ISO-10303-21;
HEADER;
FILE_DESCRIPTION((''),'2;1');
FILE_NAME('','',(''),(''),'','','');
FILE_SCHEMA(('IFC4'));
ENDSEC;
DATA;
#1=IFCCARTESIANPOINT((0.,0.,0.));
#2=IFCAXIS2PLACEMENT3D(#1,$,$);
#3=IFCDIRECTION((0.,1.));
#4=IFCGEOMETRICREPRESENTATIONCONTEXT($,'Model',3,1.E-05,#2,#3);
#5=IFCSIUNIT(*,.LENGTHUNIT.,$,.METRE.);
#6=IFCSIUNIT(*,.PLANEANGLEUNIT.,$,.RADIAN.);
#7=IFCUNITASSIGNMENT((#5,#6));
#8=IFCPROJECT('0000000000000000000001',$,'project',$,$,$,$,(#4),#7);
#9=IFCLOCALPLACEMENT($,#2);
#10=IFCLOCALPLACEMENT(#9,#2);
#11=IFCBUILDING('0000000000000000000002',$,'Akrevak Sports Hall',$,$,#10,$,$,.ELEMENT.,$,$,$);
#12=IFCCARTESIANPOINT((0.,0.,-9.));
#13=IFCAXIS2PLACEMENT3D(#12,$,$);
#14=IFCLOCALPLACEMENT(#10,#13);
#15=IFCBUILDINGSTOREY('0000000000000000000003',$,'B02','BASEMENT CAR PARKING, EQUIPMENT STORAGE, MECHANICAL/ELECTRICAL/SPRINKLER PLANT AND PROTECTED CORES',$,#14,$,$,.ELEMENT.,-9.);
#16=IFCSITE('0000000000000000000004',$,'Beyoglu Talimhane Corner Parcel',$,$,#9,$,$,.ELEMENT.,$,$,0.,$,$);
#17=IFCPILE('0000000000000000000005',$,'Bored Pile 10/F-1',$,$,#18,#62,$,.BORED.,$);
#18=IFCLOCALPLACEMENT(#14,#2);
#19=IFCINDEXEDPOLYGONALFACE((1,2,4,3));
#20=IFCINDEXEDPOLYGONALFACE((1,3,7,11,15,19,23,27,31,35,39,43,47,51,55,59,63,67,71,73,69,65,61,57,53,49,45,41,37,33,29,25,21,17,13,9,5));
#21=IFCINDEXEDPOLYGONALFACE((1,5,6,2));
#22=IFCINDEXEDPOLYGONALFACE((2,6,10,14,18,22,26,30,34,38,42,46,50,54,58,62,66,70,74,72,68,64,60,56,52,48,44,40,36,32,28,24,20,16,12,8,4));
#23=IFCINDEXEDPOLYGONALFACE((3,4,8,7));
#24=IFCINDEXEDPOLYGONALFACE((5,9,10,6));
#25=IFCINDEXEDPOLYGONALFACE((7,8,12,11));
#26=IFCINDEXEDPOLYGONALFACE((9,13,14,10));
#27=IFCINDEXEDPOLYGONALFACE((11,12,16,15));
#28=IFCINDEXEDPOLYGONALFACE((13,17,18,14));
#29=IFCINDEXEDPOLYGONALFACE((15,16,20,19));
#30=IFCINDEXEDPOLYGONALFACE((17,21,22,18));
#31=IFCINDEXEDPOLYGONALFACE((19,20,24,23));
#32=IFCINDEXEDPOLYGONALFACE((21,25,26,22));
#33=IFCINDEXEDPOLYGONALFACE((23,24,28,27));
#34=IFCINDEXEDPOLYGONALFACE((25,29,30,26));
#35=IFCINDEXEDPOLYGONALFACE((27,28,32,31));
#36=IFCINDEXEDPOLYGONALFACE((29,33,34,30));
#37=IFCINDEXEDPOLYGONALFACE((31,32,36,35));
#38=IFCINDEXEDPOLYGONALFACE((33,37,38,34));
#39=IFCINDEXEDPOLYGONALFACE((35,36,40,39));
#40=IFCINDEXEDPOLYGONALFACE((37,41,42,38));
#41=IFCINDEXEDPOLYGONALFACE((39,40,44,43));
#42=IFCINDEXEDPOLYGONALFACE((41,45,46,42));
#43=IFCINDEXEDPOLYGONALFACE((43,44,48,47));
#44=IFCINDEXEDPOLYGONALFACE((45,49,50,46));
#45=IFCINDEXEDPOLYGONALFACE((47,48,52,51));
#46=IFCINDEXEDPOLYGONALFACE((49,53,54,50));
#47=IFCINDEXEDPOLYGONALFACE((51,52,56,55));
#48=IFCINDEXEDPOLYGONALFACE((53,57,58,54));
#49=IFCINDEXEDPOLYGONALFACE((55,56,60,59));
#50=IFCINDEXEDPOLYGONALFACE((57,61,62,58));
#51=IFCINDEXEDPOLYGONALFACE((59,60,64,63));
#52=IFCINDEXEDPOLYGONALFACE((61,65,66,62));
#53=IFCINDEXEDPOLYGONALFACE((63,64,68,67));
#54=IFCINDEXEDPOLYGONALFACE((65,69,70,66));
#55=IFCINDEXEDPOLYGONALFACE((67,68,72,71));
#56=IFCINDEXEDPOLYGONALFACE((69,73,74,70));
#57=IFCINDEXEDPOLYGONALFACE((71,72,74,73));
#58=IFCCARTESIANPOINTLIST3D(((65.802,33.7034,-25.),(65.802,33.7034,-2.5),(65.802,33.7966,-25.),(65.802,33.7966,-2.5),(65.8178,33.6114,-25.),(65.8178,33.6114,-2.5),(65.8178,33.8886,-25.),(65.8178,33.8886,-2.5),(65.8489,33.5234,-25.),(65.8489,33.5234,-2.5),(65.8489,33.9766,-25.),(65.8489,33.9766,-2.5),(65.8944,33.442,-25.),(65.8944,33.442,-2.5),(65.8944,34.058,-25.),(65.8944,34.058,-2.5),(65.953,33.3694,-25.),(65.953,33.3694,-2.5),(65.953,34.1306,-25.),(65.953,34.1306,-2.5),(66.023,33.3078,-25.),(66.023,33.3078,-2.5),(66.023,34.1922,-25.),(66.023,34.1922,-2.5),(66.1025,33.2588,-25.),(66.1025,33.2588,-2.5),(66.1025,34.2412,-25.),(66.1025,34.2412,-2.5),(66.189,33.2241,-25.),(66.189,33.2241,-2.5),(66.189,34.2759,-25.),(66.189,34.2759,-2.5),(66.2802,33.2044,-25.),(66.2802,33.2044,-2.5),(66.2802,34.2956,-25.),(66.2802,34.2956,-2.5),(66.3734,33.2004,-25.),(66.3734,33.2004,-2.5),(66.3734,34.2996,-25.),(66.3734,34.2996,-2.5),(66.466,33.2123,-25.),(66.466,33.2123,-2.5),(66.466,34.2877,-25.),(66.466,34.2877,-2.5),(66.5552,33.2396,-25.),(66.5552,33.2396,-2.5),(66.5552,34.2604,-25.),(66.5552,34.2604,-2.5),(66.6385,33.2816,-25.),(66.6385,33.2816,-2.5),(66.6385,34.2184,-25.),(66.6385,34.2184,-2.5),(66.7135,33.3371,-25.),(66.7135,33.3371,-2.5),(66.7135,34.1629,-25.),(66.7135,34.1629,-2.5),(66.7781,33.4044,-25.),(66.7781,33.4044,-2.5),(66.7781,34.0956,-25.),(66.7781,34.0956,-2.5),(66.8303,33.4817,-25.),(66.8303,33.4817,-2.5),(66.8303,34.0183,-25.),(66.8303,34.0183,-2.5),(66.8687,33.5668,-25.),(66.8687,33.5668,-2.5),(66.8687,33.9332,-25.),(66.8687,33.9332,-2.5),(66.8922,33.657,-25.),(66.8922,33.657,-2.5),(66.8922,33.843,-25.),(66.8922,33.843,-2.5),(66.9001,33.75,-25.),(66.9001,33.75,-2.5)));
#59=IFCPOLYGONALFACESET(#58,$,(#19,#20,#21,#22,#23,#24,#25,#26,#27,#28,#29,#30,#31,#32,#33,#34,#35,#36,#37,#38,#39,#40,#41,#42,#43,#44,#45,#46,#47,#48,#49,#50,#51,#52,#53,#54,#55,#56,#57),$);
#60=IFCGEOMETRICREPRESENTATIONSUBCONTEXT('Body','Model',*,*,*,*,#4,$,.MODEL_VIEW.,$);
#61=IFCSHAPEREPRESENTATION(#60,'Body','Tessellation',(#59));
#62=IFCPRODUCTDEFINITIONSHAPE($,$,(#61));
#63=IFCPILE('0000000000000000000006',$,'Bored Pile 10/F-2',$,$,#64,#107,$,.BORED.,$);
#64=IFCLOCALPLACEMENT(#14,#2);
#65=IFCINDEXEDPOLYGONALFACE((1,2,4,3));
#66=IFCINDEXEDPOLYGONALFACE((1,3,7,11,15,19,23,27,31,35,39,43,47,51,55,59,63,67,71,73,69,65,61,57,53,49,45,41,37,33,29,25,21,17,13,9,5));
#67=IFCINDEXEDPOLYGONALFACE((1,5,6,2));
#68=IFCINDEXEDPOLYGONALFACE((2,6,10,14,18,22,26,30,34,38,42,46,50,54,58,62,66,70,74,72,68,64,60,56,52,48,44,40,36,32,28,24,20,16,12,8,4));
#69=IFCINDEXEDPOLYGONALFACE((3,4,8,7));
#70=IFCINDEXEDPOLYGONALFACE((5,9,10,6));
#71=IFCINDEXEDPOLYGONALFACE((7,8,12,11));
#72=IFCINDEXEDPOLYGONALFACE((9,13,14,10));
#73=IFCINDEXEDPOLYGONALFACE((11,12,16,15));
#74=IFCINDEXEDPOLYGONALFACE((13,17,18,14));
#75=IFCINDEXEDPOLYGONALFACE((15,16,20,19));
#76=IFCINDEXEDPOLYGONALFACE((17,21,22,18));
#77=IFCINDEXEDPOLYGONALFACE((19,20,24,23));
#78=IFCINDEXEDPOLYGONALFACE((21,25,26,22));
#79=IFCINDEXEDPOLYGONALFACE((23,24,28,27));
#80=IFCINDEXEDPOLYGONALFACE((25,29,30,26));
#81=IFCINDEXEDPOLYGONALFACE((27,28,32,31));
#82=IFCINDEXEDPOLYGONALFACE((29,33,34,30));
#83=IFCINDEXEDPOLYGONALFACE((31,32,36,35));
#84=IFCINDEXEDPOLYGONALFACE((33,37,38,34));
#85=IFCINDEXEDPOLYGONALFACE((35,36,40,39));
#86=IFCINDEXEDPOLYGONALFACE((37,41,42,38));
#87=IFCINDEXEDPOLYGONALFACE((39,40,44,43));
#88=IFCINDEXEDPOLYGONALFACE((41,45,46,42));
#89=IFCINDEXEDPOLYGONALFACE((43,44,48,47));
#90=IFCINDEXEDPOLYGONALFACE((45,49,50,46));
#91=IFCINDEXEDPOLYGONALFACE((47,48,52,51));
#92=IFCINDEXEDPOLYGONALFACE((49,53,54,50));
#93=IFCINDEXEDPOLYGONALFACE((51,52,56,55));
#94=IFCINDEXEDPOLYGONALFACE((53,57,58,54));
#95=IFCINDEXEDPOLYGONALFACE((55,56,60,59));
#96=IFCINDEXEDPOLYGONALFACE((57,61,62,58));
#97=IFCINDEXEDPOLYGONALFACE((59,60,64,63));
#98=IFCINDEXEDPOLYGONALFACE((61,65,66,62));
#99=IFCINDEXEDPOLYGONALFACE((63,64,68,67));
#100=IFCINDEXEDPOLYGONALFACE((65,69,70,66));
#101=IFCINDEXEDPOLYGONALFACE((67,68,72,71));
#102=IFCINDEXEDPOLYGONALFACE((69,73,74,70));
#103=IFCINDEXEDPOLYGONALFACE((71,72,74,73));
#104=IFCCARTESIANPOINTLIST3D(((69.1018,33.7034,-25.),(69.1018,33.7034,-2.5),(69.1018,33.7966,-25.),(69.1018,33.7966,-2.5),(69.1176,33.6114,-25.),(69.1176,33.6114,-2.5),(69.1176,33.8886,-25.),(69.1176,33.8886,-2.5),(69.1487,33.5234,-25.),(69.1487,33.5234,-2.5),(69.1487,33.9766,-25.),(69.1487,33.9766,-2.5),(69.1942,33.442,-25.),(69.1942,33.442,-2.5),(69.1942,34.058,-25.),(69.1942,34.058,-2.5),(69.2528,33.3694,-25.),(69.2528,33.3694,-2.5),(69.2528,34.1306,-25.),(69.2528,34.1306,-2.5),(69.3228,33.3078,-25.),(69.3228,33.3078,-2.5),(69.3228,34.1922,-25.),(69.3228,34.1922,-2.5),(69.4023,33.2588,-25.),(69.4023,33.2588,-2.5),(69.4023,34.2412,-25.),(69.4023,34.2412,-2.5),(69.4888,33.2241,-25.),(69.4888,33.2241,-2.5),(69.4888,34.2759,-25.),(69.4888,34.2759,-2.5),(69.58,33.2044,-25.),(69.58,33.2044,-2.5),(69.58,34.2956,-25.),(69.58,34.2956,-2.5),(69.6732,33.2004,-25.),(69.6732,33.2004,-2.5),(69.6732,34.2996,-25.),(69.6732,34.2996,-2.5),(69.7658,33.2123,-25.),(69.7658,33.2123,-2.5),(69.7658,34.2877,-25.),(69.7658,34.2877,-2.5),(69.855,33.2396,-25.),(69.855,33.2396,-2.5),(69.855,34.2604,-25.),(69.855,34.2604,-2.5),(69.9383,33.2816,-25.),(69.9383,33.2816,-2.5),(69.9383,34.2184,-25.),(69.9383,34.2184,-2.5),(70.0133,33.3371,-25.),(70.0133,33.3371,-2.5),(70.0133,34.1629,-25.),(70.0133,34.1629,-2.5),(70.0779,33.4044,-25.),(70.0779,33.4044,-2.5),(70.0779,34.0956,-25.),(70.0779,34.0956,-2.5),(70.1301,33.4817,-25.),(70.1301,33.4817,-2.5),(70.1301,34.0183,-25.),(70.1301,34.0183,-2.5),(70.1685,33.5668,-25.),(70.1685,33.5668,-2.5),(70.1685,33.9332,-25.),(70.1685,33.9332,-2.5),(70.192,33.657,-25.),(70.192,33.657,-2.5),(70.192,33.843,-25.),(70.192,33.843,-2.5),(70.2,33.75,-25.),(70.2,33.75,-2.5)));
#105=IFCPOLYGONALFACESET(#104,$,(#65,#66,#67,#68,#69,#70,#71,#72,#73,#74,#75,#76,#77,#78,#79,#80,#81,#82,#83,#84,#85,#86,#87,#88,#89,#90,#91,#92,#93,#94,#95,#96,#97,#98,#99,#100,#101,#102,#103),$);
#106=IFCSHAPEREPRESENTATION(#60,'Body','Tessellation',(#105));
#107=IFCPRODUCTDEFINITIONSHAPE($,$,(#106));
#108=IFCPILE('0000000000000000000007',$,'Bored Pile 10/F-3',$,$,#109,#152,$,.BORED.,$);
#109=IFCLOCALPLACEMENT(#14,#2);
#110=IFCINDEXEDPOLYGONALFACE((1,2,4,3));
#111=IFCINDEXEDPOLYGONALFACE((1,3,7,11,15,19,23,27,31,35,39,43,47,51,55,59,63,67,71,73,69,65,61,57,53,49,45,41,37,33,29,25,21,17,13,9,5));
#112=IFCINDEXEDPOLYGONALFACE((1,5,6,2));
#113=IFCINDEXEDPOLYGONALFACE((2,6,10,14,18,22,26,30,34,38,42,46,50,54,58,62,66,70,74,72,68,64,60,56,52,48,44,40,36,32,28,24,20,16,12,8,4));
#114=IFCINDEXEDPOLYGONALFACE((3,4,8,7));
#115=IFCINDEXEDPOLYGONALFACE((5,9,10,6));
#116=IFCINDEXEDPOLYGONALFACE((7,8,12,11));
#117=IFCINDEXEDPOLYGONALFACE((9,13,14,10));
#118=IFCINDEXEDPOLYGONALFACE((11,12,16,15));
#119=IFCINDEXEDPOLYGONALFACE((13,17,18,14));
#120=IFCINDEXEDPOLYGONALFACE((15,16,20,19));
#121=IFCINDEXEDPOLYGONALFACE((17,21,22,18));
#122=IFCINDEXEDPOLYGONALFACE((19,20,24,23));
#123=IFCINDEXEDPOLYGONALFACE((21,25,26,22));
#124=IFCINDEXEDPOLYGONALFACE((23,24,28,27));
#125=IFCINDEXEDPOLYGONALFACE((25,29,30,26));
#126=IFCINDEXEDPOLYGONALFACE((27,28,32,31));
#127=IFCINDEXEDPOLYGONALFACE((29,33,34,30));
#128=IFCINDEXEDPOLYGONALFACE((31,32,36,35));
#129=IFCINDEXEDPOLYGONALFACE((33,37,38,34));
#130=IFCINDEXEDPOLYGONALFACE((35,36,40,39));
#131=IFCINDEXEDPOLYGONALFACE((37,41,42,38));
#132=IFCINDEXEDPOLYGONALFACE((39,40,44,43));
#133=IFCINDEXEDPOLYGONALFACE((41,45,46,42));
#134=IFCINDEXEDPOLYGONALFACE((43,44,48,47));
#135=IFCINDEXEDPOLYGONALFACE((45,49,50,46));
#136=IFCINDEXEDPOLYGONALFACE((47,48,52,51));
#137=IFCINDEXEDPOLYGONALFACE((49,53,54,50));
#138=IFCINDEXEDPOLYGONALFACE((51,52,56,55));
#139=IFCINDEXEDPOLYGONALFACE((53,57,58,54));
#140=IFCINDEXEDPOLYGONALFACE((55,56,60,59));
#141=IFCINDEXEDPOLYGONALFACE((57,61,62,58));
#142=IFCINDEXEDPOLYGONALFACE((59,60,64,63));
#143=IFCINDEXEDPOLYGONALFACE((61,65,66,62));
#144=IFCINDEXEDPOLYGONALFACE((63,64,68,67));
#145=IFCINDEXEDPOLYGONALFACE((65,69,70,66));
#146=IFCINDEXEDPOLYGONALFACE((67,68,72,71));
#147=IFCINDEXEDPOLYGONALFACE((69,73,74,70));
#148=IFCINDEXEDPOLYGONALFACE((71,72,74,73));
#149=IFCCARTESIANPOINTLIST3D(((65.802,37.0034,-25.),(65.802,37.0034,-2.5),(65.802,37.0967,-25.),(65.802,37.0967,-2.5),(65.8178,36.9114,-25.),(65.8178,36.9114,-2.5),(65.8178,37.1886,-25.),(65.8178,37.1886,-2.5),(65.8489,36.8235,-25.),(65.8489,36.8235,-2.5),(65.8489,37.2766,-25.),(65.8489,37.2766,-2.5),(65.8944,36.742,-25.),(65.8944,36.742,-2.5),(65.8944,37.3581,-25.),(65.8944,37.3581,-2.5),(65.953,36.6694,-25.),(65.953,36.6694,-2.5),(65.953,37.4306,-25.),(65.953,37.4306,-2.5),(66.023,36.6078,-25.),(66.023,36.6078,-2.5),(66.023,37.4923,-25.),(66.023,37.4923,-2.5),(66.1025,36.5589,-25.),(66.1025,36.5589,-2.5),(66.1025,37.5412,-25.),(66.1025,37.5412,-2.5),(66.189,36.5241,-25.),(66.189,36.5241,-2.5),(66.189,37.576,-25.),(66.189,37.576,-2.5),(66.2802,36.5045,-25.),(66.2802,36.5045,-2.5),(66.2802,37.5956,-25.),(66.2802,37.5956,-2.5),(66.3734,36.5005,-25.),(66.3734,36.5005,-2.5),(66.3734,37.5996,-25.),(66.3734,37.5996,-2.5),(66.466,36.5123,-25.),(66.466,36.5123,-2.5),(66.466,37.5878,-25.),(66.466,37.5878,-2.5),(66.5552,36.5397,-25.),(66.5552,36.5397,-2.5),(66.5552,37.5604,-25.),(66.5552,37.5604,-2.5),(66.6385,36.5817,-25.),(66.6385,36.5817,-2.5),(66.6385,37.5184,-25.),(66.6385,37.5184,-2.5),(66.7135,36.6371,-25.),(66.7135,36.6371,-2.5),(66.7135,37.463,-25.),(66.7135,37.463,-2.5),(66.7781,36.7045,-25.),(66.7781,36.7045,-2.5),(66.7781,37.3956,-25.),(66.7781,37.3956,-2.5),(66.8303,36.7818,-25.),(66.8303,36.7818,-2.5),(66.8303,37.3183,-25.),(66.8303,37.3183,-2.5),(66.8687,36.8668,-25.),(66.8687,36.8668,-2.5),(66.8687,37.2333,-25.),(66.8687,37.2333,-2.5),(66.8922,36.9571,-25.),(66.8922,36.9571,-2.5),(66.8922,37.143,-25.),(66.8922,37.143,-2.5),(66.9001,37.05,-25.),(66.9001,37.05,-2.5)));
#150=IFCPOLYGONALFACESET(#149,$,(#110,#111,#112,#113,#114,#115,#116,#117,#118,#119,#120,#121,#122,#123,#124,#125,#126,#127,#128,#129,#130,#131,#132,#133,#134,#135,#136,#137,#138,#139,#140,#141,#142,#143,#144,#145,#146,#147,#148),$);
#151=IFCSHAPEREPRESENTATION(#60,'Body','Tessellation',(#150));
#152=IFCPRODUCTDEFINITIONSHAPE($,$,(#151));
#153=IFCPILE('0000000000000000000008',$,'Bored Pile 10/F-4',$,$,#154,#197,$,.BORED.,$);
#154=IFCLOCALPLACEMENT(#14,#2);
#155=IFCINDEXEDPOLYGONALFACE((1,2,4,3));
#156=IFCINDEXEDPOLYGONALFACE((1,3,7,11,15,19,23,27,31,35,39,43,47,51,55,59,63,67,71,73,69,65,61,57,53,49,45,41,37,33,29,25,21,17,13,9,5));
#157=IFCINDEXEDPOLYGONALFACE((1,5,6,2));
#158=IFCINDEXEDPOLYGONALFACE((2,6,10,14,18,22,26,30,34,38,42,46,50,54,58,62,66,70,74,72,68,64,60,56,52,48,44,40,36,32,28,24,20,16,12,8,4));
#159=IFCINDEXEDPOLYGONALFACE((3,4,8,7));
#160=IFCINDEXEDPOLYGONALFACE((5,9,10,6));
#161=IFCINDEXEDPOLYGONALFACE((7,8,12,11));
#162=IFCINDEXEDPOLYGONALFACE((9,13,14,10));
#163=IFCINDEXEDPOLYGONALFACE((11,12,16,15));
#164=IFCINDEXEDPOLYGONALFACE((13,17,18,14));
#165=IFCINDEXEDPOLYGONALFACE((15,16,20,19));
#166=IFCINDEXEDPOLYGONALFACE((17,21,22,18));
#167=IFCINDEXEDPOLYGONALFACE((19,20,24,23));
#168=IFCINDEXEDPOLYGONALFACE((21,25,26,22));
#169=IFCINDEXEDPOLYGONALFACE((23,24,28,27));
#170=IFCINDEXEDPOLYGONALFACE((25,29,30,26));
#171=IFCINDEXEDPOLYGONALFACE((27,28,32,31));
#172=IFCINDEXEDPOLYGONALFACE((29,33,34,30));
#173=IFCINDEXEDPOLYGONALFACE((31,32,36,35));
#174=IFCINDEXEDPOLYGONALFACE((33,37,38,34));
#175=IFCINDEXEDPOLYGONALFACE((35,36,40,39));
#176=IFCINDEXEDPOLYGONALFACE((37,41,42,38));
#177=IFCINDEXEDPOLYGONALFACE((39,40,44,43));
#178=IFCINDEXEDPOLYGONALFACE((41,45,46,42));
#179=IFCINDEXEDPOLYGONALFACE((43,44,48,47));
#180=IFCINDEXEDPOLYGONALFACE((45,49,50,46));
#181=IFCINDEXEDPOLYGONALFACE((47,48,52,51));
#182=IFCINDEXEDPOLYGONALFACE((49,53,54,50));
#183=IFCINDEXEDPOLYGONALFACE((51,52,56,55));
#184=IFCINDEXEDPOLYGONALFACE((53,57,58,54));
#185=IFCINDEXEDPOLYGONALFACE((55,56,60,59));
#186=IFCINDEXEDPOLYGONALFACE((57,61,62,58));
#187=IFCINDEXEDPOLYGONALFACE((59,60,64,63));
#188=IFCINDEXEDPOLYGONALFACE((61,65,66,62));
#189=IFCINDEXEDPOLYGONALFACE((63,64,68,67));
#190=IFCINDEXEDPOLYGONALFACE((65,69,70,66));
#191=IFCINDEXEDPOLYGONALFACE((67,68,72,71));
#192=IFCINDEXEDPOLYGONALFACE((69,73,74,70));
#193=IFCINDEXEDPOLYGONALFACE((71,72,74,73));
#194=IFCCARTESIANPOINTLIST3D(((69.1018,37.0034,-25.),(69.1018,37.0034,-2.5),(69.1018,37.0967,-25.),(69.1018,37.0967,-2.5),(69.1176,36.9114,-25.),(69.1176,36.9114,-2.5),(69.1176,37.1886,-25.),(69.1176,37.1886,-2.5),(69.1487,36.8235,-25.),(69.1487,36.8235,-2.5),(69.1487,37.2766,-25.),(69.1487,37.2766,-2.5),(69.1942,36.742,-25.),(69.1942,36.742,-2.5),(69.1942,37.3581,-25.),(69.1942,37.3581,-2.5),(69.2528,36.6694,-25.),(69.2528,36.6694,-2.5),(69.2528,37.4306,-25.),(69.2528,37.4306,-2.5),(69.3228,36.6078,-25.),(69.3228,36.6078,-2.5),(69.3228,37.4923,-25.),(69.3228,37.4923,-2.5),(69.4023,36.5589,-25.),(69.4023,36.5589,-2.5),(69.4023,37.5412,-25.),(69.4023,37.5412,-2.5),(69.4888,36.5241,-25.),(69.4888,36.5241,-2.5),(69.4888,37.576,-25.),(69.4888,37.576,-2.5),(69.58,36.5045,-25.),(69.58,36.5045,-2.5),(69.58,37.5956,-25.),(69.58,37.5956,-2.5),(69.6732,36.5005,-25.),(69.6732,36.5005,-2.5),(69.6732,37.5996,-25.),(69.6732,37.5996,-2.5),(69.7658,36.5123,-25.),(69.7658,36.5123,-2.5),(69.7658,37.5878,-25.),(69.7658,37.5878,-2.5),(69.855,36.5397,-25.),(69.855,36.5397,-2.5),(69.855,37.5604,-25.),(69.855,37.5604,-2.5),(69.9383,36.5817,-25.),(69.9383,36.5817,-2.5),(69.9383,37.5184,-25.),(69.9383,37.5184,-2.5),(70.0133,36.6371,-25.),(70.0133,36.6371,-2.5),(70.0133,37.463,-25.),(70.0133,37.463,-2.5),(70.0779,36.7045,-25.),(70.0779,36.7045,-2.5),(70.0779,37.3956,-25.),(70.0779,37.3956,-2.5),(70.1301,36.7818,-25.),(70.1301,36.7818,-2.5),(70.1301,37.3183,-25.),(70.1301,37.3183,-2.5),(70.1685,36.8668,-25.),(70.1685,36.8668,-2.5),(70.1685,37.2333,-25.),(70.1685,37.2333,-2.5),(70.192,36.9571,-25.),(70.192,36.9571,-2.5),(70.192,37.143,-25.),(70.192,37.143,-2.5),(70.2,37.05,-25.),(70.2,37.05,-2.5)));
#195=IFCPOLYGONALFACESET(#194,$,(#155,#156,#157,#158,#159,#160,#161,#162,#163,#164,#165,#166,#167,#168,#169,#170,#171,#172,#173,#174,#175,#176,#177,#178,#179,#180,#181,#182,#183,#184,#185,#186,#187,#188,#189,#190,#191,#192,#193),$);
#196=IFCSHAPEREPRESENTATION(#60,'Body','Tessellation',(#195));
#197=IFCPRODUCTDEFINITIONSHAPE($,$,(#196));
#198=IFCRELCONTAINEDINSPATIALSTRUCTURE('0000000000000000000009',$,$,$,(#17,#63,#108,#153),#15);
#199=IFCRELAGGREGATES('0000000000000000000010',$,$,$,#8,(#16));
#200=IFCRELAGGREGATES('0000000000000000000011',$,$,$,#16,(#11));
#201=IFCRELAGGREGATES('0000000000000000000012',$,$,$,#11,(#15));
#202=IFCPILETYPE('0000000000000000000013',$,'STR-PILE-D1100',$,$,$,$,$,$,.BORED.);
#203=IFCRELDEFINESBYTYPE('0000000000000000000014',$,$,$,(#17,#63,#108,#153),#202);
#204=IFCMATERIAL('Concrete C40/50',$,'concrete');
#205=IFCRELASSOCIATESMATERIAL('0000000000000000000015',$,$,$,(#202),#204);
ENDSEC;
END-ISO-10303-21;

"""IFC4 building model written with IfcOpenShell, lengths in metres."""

from ifc_helpers import new_model, si_unit, direction, frame, origin, origin_2d, place, context, subcontext, project, spatial, circle, extrude, material, material_profile, profile_set, type_object, element, save


model = new_model("IFC4")

# Units and contexts
model_context = context("Model", 3, precision=1e-05, world=origin(), true_north=direction((0.0, 1.0)))
body_context = subcontext(model_context, "Body", "Model", "MODEL_VIEW")
ifc_project = project(units=[si_unit("LENGTHUNIT", "METRE"), si_unit("PLANEANGLEUNIT", "RADIAN")], contexts=[model_context])

# Site, building, storey
site_placement = place(None, origin())
site = spatial("IfcSite", under=ifc_project, at=site_placement, Name="Beyoglu Talimhane Corner Parcel", CompositionType="ELEMENT", RefElevation=0.0)
building_placement = place(site_placement, origin())
building = spatial("IfcBuilding", under=site, at=building_placement, Name="Akrevak Sports Hall", CompositionType="ELEMENT")
storey_placement = place(building_placement, frame((0.0, 0.0, -9.0)))
storey = spatial("IfcBuildingStorey", under=building, at=storey_placement, Name="B02", Description="BASEMENT CAR PARKING, EQUIPMENT STORAGE, MECHANICAL/ELECTRICAL/SPRINKLER PLANT AND PROTECTED CORES", CompositionType="ELEMENT", Elevation=-9.0)

# Shared definitions
ifc_material_1 = material(Name="Concrete C40/50", Category="concrete")

# Piles
ifc_material_profile_1 = material_profile(ifc_material_1, circle(Radius=0.55, at=origin_2d()), Name="BORED PILE D1100", Category="concrete")
ifc_profile_set_1 = profile_set([ifc_material_profile_1], Name="Concrete C40/50")
pile_type_1 = type_object("IfcPileType", Name="STR-PILE-D1100", PredefinedType="BORED", material=ifc_profile_set_1)
for number, where, z_axis, x_axis, name in (
    (1, (66.3501, 33.75, -2.5), (0.0, 0.0, -1.0), (1.0, 0.0, 0.0), "Bored Pile 10/F-1"),
    (2, (69.6499, 33.75, -2.5), (0.0, 0.0, -1.0), (1.0, 0.0, 0.0), "Bored Pile 10/F-2"),
    (3, (66.3501, 37.05, -2.5), (0.0, 0.0, -1.0), (1.0, 0.0, 0.0), "Bored Pile 10/F-3"),
    (4, (69.6499, 37.05, -2.5), (0.0, 0.0, -1.0), (1.0, 0.0, 0.0), "Bored Pile 10/F-4"),
):
    element("IfcPile", number, at=place(storey_placement, frame(where, z_axis=z_axis, x_axis=x_axis)), inside=storey, type_object=pile_type_1, Name=name, PredefinedType="BORED", context=body_context, shape_type="SweptSolid", body=[
        extrude(circle(Radius=0.55, at=origin_2d()), origin(), (0.0, 0.0, 1.0), 22.5),
    ])

save(model, "model.ifc")
